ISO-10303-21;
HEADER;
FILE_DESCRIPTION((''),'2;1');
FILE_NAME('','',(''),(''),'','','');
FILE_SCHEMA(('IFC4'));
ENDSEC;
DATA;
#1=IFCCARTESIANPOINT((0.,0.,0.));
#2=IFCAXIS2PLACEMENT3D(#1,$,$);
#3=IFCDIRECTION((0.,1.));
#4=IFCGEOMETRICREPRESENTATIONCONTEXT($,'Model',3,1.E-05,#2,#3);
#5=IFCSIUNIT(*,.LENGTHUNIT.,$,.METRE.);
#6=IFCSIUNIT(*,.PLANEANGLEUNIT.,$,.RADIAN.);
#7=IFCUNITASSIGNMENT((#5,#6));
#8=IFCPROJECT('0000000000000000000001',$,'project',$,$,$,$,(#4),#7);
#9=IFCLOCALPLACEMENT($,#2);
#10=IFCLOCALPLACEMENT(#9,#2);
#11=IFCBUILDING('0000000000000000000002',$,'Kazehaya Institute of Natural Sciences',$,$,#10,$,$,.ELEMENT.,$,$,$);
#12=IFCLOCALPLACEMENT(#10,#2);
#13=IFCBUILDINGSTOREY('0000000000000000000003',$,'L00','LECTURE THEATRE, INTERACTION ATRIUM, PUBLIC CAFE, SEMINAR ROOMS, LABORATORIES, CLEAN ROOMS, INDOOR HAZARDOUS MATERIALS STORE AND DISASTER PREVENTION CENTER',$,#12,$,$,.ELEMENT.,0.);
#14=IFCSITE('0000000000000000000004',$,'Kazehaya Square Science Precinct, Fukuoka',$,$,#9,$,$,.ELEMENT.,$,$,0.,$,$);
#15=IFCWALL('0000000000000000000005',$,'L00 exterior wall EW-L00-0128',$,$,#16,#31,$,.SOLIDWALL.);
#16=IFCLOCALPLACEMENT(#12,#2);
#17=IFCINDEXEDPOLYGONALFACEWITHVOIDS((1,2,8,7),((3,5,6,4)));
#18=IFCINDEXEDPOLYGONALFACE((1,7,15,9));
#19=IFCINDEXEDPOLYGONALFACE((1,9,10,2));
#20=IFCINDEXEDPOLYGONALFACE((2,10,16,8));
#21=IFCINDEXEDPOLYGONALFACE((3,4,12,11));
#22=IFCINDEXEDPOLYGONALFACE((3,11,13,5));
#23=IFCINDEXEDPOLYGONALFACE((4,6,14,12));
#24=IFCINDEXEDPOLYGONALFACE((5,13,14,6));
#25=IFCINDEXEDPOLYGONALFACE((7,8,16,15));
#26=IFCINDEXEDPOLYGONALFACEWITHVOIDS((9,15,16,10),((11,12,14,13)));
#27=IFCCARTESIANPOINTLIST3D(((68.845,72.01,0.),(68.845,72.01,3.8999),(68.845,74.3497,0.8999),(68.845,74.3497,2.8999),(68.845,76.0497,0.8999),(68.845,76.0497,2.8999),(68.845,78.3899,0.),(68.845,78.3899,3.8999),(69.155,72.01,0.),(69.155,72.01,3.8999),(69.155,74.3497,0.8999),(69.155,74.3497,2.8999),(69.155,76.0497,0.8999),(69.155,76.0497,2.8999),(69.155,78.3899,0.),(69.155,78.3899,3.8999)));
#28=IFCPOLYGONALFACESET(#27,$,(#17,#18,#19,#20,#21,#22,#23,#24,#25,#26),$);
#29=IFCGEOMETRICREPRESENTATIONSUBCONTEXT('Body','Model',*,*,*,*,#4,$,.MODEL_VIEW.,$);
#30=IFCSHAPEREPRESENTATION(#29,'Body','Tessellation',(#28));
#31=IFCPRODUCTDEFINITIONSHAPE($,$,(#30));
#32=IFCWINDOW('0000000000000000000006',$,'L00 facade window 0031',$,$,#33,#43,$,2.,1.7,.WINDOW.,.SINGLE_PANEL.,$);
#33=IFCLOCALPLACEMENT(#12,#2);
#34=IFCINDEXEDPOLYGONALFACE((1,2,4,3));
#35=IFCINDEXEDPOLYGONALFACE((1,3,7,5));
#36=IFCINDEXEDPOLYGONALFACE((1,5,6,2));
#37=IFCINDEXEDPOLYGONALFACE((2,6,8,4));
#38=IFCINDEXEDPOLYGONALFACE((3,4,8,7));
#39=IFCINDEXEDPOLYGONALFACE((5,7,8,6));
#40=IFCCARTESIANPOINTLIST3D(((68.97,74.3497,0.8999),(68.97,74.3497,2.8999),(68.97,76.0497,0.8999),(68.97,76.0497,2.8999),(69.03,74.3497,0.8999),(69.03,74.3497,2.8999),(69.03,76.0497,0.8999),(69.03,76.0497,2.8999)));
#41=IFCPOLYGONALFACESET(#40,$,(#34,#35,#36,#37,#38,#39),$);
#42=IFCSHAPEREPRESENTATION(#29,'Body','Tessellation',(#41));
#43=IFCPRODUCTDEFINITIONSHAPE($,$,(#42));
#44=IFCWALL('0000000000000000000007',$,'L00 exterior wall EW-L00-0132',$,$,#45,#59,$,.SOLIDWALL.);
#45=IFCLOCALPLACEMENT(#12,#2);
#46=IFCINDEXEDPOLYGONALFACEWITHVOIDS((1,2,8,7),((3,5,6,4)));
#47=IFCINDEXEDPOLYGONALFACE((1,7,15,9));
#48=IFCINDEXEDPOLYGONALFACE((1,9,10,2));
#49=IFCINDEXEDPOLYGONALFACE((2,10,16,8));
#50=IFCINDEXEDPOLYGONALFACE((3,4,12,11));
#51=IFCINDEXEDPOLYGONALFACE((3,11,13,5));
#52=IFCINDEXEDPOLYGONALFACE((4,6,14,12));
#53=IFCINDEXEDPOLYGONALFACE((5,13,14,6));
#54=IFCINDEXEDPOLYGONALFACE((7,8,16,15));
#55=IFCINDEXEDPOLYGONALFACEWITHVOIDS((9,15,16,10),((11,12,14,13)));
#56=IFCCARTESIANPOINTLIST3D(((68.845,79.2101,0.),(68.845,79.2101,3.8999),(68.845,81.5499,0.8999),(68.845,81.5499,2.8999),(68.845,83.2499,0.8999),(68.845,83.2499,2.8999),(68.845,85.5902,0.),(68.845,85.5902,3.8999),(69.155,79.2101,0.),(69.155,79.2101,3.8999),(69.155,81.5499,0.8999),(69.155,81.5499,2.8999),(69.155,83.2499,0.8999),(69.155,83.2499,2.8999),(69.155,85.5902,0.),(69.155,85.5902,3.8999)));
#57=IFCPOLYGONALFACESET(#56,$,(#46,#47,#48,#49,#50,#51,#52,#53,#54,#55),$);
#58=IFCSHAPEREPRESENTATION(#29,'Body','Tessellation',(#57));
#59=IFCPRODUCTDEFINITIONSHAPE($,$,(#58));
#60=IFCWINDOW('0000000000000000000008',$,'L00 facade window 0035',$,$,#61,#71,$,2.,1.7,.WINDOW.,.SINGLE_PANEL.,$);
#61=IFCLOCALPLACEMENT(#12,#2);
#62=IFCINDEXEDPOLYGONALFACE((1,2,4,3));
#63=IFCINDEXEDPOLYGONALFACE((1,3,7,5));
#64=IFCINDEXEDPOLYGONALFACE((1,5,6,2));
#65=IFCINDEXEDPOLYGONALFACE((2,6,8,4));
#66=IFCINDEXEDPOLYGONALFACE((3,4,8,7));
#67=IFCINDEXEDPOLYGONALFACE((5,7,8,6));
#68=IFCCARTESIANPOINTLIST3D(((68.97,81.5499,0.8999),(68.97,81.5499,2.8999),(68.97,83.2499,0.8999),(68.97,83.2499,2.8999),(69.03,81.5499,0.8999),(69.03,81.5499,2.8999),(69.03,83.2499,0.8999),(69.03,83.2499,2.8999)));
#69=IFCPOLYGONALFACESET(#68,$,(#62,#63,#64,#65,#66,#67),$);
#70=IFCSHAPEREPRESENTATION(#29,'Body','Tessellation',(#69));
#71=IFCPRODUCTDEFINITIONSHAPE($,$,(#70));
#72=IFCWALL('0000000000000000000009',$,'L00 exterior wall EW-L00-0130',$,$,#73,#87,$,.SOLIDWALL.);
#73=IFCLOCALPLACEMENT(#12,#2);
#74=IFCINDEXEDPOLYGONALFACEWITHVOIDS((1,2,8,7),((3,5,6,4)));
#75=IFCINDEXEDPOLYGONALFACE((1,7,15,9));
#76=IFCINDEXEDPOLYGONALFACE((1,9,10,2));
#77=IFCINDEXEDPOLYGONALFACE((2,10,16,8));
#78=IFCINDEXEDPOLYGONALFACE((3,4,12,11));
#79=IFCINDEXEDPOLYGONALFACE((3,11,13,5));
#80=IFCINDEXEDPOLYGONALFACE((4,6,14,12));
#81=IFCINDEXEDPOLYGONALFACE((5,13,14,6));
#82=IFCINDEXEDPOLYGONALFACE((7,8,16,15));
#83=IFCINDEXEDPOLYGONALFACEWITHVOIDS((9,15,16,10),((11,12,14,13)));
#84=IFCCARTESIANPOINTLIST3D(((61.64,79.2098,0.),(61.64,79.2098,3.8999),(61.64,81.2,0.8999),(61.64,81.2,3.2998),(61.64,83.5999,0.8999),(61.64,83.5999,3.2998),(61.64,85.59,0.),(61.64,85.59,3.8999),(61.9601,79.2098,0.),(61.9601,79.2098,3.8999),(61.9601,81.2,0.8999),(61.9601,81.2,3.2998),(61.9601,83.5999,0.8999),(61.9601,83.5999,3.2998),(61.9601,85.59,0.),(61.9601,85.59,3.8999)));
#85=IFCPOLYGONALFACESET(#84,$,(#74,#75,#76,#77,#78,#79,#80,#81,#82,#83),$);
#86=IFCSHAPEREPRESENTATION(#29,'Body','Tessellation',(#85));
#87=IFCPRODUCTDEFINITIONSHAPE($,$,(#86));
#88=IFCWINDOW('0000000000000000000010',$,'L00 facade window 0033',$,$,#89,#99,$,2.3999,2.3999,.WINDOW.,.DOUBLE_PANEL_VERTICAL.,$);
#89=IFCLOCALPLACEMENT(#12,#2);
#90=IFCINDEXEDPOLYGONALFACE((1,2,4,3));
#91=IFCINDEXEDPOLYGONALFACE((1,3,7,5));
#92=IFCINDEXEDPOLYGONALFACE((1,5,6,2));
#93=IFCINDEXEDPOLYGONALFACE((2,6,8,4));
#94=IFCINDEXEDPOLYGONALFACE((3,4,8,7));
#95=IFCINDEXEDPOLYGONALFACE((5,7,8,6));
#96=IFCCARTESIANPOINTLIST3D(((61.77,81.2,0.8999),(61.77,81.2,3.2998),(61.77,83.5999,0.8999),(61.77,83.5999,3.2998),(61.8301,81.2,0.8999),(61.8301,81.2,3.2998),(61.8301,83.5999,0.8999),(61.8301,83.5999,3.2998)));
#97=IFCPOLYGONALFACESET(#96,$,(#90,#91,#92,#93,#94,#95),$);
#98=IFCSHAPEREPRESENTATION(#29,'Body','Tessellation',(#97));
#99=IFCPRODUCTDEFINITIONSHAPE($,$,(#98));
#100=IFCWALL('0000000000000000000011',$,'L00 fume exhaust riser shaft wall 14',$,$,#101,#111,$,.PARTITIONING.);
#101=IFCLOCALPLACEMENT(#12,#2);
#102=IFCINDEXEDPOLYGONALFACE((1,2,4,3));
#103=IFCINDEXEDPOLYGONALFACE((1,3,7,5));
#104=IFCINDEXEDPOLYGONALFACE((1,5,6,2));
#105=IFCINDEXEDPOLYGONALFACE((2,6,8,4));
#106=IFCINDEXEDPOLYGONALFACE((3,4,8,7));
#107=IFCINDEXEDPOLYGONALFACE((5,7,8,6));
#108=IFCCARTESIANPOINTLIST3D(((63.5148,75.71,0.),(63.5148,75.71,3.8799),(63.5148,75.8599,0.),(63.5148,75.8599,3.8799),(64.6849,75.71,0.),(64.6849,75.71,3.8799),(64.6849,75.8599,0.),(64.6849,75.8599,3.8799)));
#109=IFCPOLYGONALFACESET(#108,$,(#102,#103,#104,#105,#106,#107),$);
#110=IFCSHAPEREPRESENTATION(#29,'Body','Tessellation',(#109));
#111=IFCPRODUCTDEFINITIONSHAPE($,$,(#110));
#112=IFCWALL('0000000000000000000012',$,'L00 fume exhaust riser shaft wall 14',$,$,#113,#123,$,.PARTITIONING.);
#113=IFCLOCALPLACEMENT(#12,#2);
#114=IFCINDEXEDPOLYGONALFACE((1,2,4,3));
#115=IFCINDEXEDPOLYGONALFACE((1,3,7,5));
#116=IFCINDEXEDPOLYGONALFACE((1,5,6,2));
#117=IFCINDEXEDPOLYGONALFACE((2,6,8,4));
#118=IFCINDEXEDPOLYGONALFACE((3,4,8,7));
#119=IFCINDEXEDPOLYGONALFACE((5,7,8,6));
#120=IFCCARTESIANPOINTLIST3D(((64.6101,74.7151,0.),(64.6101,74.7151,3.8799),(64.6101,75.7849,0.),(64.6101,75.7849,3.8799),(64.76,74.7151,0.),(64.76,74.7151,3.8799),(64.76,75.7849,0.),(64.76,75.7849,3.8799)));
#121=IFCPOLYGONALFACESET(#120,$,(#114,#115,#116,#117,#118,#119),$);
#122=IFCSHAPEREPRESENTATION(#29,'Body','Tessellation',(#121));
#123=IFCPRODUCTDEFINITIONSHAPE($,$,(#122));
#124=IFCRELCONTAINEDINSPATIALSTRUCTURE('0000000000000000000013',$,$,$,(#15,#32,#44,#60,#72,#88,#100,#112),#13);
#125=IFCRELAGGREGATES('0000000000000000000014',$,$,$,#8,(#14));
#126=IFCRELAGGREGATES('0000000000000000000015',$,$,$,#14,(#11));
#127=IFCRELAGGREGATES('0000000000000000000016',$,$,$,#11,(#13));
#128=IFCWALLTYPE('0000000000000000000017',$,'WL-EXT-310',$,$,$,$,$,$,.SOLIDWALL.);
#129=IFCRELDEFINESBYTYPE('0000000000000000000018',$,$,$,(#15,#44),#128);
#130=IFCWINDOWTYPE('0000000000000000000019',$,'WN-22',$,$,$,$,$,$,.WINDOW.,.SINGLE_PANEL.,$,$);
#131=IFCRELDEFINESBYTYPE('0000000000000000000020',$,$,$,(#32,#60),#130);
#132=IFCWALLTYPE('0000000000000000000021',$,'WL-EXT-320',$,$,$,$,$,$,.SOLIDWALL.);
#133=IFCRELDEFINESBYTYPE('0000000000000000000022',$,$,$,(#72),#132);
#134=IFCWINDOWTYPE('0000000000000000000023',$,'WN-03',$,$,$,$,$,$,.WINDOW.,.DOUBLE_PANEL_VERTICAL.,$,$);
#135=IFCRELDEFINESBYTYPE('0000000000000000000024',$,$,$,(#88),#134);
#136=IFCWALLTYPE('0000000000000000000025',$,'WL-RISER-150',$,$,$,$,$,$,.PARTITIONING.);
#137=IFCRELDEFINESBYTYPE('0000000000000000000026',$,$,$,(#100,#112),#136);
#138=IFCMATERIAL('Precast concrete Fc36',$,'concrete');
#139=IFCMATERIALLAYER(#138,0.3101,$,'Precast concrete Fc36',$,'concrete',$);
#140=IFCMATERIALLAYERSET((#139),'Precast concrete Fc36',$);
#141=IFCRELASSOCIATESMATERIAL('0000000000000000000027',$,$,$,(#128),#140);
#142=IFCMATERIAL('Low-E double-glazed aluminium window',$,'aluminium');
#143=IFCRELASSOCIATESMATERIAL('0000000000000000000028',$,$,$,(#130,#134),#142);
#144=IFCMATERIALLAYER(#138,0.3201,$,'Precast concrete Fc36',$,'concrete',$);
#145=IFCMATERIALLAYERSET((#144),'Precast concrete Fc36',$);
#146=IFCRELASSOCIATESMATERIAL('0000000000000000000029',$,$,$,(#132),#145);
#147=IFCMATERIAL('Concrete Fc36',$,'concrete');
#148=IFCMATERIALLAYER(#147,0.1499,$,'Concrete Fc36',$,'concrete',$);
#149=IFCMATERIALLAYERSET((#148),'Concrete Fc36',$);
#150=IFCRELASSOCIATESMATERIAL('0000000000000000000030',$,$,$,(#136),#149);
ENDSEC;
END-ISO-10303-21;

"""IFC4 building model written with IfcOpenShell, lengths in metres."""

from ifc_helpers import new_model, si_unit, direction, frame, frame_2d, origin, place, context, subcontext, project, spatial, rectangle, extrude, material, layer, layer_set, type_object, element, fill, save


model = new_model("IFC4")

# Units and contexts
model_context = context("Model", 3, precision=1e-05, world=origin(), true_north=direction((0.0, 1.0)))
body_context = subcontext(model_context, "Body", "Model", "MODEL_VIEW")
ifc_project = project(units=[si_unit("LENGTHUNIT", "METRE"), si_unit("PLANEANGLEUNIT", "RADIAN")], contexts=[model_context])

# Site, building, storey
site_placement = place(None, origin())
site = spatial("IfcSite", under=ifc_project, at=site_placement, Name="Kazehaya Square Science Precinct, Fukuoka", CompositionType="ELEMENT", RefElevation=0.0)
building_placement = place(site_placement, origin())
building = spatial("IfcBuilding", under=site, at=building_placement, Name="Kazehaya Institute of Natural Sciences", CompositionType="ELEMENT")
storey_placement = place(building_placement, origin())
storey = spatial("IfcBuildingStorey", under=building, at=storey_placement, Name="L00", Description="LECTURE THEATRE, INTERACTION ATRIUM, PUBLIC CAFE, SEMINAR ROOMS, LABORATORIES, CLEAN ROOMS, INDOOR HAZARDOUS MATERIALS STORE AND DISASTER PREVENTION CENTER", CompositionType="ELEMENT", Elevation=0.0)

# Shared definitions
ifc_material_1 = material(Name="Concrete Fc36", Category="concrete")

# Walls, openings, windows
ifc_material_2 = material(Name="Precast concrete Fc36", Category="concrete")
ifc_material_3 = material(Name="Low-E double-glazed aluminium window", Category="aluminium")
ifc_layer_1 = layer(ifc_material_2, 0.3101, Name="Precast concrete Fc36", Category="concrete")
ifc_layer_set_1 = layer_set([ifc_layer_1], Name="Precast concrete Fc36")
wall_type_1 = type_object("IfcWallType", Name="WL-EXT-310", PredefinedType="SOLIDWALL", material=ifc_layer_set_1)
wall_1_placement = place(storey_placement, frame((69.0, 78.3899, 0.0), z_axis=(0.0, 0.0, 1.0), x_axis=(0.0, -1.0, 0.0)))
wall_1 = element("IfcWall", 1, at=wall_1_placement, inside=storey, type_object=wall_type_1, Name="L00 exterior wall EW-L00-0128", PredefinedType="SOLIDWALL", context=body_context, shape_type="SweptSolid", body=[
    extrude(rectangle(XDim=6.3799, YDim=0.3101, at=frame_2d((3.1899, 0.0))), origin(), (0.0, 0.0, 1.0), 3.8999),
])
opening_1_placement = place(wall_1_placement, frame((2.3401, 0.0, 0.8999)))
opening_1 = element("IfcOpeningElement", 2, at=opening_1_placement, cuts=wall_1, PredefinedType="OPENING", context=body_context, shape_type="SweptSolid", body=[
    extrude(rectangle(XDim=1.7, YDim=2.0, at=frame_2d((0.8501, 1.0))), frame((0.0, 0.165, 0.0), z_axis=(0.0, -1.0, 0.0), x_axis=(1.0, 0.0, 0.0)), (0.0, 0.0, 1.0), 0.3301),
])
window_type_1 = type_object("IfcWindowType", Name="WN-22", PartitioningType="SINGLE_PANEL", PredefinedType="WINDOW", material=ifc_material_3)
window_1_placement = place(opening_1_placement, origin())
window_1 = element("IfcWindow", 3, at=window_1_placement, inside=storey, type_object=window_type_1, Name="L00 facade window 0031", OverallHeight=2.0, OverallWidth=1.7, PartitioningType="SINGLE_PANEL", PredefinedType="WINDOW", context=body_context, shape_type="SweptSolid", body=[
    extrude(rectangle(XDim=1.7, YDim=2.0, at=frame_2d((0.8501, 1.0))), frame((0.0, 0.03, 0.0), z_axis=(0.0, -1.0, 0.0), x_axis=(1.0, 0.0, 0.0)), (0.0, 0.0, 1.0), 0.0601),
])
fill(opening_1, window_1)
wall_2_placement = place(storey_placement, frame((69.0, 85.5901, 0.0), z_axis=(0.0, 0.0, 1.0), x_axis=(0.0, -1.0, 0.0)))
wall_2 = element("IfcWall", 4, at=wall_2_placement, inside=storey, type_object=wall_type_1, Name="L00 exterior wall EW-L00-0132", PredefinedType="SOLIDWALL", context=body_context, shape_type="SweptSolid", body=[
    extrude(rectangle(XDim=6.3801, YDim=0.3101, at=frame_2d((3.1899, 0.0))), origin(), (0.0, 0.0, 1.0), 3.8999),
])
opening_2_placement = place(wall_2_placement, frame((2.3401, 0.0, 0.8999)))
opening_2 = element("IfcOpeningElement", 5, at=opening_2_placement, cuts=wall_2, PredefinedType="OPENING", context=body_context, shape_type="SweptSolid", body=[
    extrude(rectangle(XDim=1.7, YDim=2.0, at=frame_2d((0.8501, 1.0))), frame((0.0, 0.165, 0.0), z_axis=(0.0, -1.0, 0.0), x_axis=(1.0, 0.0, 0.0)), (0.0, 0.0, 1.0), 0.3301),
])
window_2_placement = place(opening_2_placement, origin())
window_2 = element("IfcWindow", 6, at=window_2_placement, inside=storey, type_object=window_type_1, Name="L00 facade window 0035", OverallHeight=2.0, OverallWidth=1.7, PartitioningType="SINGLE_PANEL", PredefinedType="WINDOW", context=body_context, shape_type="SweptSolid", body=[
    extrude(rectangle(XDim=1.7, YDim=2.0, at=frame_2d((0.8501, 1.0))), frame((0.0, 0.03, 0.0), z_axis=(0.0, -1.0, 0.0), x_axis=(1.0, 0.0, 0.0)), (0.0, 0.0, 1.0), 0.0601),
])
fill(opening_2, window_2)
ifc_layer_2 = layer(ifc_material_2, 0.3201, Name="Precast concrete Fc36", Category="concrete")
ifc_layer_set_2 = layer_set([ifc_layer_2], Name="Precast concrete Fc36")
wall_type_2 = type_object("IfcWallType", Name="WL-EXT-320", PredefinedType="SOLIDWALL", material=ifc_layer_set_2)
wall_3_placement = place(storey_placement, frame((61.8, 79.21, 0.0), z_axis=(0.0, 0.0, 1.0), x_axis=(0.0, 1.0, 0.0)))
wall_3 = element("IfcWall", 7, at=wall_3_placement, inside=storey, type_object=wall_type_2, Name="L00 exterior wall EW-L00-0130", PredefinedType="SOLIDWALL", context=body_context, shape_type="SweptSolid", body=[
    extrude(rectangle(XDim=6.3801, YDim=0.3201, at=frame_2d((3.1899, 0.0))), origin(), (0.0, 0.0, 1.0), 3.8999),
])
opening_3_placement = place(wall_3_placement, frame((1.99, 0.0, 0.8999)))
opening_3 = element("IfcOpeningElement", 8, at=opening_3_placement, cuts=wall_3, PredefinedType="OPENING", context=body_context, shape_type="SweptSolid", body=[
    extrude(rectangle(XDim=2.3999, YDim=2.3999, at=frame_2d((1.2, 1.2))), frame((0.0, 0.1699, 0.0), z_axis=(0.0, -1.0, 0.0), x_axis=(1.0, 0.0, 0.0)), (0.0, 0.0, 1.0), 0.3401),
])
window_type_2 = type_object("IfcWindowType", Name="WN-03", PartitioningType="DOUBLE_PANEL_VERTICAL", PredefinedType="WINDOW", material=ifc_material_3)
window_3_placement = place(opening_3_placement, origin())
window_3 = element("IfcWindow", 9, at=window_3_placement, inside=storey, type_object=window_type_2, Name="L00 facade window 0033", OverallHeight=2.3999, OverallWidth=2.3999, PartitioningType="DOUBLE_PANEL_VERTICAL", PredefinedType="WINDOW", context=body_context, shape_type="SweptSolid", body=[
    extrude(rectangle(XDim=2.3999, YDim=2.3999, at=frame_2d((1.2, 1.2))), frame((0.0, 0.03, 0.0), z_axis=(0.0, -1.0, 0.0), x_axis=(1.0, 0.0, 0.0)), (0.0, 0.0, 1.0), 0.0601),
])
fill(opening_3, window_3)

# Walls
ifc_layer_3 = layer(ifc_material_1, 0.1499, Name="Concrete Fc36", Category="concrete")
ifc_layer_set_3 = layer_set([ifc_layer_3], Name="Concrete Fc36")
wall_type_3 = type_object("IfcWallType", Name="WL-RISER-150", PredefinedType="PARTITIONING", material=ifc_layer_set_3)
wall_4_placement = place(storey_placement, frame((63.5149, 75.7849, 0.0), z_axis=(0.0, 0.0, 1.0), x_axis=(1.0, 0.0, 0.0)))
element("IfcWall", 10, at=wall_4_placement, inside=storey, type_object=wall_type_3, Name="L00 fume exhaust riser shaft wall 14", PredefinedType="PARTITIONING", context=body_context, shape_type="SweptSolid", body=[
    extrude(rectangle(XDim=1.1702, YDim=0.1499, at=frame_2d((0.585, 0.0))), origin(), (0.0, 0.0, 1.0), 3.8799),
])
wall_5_placement = place(storey_placement, frame((64.6851, 75.7849, 0.0), z_axis=(0.0, 0.0, 1.0), x_axis=(0.0, -1.0, 0.0)))
element("IfcWall", 11, at=wall_5_placement, inside=storey, type_object=wall_type_3, Name="L00 fume exhaust riser shaft wall 14", PredefinedType="PARTITIONING", context=body_context, shape_type="SweptSolid", body=[
    extrude(rectangle(XDim=1.0698, YDim=0.1499, at=frame_2d((0.5349, 0.0))), origin(), (0.0, 0.0, 1.0), 3.8799),
])

save(model, "model.ifc")
